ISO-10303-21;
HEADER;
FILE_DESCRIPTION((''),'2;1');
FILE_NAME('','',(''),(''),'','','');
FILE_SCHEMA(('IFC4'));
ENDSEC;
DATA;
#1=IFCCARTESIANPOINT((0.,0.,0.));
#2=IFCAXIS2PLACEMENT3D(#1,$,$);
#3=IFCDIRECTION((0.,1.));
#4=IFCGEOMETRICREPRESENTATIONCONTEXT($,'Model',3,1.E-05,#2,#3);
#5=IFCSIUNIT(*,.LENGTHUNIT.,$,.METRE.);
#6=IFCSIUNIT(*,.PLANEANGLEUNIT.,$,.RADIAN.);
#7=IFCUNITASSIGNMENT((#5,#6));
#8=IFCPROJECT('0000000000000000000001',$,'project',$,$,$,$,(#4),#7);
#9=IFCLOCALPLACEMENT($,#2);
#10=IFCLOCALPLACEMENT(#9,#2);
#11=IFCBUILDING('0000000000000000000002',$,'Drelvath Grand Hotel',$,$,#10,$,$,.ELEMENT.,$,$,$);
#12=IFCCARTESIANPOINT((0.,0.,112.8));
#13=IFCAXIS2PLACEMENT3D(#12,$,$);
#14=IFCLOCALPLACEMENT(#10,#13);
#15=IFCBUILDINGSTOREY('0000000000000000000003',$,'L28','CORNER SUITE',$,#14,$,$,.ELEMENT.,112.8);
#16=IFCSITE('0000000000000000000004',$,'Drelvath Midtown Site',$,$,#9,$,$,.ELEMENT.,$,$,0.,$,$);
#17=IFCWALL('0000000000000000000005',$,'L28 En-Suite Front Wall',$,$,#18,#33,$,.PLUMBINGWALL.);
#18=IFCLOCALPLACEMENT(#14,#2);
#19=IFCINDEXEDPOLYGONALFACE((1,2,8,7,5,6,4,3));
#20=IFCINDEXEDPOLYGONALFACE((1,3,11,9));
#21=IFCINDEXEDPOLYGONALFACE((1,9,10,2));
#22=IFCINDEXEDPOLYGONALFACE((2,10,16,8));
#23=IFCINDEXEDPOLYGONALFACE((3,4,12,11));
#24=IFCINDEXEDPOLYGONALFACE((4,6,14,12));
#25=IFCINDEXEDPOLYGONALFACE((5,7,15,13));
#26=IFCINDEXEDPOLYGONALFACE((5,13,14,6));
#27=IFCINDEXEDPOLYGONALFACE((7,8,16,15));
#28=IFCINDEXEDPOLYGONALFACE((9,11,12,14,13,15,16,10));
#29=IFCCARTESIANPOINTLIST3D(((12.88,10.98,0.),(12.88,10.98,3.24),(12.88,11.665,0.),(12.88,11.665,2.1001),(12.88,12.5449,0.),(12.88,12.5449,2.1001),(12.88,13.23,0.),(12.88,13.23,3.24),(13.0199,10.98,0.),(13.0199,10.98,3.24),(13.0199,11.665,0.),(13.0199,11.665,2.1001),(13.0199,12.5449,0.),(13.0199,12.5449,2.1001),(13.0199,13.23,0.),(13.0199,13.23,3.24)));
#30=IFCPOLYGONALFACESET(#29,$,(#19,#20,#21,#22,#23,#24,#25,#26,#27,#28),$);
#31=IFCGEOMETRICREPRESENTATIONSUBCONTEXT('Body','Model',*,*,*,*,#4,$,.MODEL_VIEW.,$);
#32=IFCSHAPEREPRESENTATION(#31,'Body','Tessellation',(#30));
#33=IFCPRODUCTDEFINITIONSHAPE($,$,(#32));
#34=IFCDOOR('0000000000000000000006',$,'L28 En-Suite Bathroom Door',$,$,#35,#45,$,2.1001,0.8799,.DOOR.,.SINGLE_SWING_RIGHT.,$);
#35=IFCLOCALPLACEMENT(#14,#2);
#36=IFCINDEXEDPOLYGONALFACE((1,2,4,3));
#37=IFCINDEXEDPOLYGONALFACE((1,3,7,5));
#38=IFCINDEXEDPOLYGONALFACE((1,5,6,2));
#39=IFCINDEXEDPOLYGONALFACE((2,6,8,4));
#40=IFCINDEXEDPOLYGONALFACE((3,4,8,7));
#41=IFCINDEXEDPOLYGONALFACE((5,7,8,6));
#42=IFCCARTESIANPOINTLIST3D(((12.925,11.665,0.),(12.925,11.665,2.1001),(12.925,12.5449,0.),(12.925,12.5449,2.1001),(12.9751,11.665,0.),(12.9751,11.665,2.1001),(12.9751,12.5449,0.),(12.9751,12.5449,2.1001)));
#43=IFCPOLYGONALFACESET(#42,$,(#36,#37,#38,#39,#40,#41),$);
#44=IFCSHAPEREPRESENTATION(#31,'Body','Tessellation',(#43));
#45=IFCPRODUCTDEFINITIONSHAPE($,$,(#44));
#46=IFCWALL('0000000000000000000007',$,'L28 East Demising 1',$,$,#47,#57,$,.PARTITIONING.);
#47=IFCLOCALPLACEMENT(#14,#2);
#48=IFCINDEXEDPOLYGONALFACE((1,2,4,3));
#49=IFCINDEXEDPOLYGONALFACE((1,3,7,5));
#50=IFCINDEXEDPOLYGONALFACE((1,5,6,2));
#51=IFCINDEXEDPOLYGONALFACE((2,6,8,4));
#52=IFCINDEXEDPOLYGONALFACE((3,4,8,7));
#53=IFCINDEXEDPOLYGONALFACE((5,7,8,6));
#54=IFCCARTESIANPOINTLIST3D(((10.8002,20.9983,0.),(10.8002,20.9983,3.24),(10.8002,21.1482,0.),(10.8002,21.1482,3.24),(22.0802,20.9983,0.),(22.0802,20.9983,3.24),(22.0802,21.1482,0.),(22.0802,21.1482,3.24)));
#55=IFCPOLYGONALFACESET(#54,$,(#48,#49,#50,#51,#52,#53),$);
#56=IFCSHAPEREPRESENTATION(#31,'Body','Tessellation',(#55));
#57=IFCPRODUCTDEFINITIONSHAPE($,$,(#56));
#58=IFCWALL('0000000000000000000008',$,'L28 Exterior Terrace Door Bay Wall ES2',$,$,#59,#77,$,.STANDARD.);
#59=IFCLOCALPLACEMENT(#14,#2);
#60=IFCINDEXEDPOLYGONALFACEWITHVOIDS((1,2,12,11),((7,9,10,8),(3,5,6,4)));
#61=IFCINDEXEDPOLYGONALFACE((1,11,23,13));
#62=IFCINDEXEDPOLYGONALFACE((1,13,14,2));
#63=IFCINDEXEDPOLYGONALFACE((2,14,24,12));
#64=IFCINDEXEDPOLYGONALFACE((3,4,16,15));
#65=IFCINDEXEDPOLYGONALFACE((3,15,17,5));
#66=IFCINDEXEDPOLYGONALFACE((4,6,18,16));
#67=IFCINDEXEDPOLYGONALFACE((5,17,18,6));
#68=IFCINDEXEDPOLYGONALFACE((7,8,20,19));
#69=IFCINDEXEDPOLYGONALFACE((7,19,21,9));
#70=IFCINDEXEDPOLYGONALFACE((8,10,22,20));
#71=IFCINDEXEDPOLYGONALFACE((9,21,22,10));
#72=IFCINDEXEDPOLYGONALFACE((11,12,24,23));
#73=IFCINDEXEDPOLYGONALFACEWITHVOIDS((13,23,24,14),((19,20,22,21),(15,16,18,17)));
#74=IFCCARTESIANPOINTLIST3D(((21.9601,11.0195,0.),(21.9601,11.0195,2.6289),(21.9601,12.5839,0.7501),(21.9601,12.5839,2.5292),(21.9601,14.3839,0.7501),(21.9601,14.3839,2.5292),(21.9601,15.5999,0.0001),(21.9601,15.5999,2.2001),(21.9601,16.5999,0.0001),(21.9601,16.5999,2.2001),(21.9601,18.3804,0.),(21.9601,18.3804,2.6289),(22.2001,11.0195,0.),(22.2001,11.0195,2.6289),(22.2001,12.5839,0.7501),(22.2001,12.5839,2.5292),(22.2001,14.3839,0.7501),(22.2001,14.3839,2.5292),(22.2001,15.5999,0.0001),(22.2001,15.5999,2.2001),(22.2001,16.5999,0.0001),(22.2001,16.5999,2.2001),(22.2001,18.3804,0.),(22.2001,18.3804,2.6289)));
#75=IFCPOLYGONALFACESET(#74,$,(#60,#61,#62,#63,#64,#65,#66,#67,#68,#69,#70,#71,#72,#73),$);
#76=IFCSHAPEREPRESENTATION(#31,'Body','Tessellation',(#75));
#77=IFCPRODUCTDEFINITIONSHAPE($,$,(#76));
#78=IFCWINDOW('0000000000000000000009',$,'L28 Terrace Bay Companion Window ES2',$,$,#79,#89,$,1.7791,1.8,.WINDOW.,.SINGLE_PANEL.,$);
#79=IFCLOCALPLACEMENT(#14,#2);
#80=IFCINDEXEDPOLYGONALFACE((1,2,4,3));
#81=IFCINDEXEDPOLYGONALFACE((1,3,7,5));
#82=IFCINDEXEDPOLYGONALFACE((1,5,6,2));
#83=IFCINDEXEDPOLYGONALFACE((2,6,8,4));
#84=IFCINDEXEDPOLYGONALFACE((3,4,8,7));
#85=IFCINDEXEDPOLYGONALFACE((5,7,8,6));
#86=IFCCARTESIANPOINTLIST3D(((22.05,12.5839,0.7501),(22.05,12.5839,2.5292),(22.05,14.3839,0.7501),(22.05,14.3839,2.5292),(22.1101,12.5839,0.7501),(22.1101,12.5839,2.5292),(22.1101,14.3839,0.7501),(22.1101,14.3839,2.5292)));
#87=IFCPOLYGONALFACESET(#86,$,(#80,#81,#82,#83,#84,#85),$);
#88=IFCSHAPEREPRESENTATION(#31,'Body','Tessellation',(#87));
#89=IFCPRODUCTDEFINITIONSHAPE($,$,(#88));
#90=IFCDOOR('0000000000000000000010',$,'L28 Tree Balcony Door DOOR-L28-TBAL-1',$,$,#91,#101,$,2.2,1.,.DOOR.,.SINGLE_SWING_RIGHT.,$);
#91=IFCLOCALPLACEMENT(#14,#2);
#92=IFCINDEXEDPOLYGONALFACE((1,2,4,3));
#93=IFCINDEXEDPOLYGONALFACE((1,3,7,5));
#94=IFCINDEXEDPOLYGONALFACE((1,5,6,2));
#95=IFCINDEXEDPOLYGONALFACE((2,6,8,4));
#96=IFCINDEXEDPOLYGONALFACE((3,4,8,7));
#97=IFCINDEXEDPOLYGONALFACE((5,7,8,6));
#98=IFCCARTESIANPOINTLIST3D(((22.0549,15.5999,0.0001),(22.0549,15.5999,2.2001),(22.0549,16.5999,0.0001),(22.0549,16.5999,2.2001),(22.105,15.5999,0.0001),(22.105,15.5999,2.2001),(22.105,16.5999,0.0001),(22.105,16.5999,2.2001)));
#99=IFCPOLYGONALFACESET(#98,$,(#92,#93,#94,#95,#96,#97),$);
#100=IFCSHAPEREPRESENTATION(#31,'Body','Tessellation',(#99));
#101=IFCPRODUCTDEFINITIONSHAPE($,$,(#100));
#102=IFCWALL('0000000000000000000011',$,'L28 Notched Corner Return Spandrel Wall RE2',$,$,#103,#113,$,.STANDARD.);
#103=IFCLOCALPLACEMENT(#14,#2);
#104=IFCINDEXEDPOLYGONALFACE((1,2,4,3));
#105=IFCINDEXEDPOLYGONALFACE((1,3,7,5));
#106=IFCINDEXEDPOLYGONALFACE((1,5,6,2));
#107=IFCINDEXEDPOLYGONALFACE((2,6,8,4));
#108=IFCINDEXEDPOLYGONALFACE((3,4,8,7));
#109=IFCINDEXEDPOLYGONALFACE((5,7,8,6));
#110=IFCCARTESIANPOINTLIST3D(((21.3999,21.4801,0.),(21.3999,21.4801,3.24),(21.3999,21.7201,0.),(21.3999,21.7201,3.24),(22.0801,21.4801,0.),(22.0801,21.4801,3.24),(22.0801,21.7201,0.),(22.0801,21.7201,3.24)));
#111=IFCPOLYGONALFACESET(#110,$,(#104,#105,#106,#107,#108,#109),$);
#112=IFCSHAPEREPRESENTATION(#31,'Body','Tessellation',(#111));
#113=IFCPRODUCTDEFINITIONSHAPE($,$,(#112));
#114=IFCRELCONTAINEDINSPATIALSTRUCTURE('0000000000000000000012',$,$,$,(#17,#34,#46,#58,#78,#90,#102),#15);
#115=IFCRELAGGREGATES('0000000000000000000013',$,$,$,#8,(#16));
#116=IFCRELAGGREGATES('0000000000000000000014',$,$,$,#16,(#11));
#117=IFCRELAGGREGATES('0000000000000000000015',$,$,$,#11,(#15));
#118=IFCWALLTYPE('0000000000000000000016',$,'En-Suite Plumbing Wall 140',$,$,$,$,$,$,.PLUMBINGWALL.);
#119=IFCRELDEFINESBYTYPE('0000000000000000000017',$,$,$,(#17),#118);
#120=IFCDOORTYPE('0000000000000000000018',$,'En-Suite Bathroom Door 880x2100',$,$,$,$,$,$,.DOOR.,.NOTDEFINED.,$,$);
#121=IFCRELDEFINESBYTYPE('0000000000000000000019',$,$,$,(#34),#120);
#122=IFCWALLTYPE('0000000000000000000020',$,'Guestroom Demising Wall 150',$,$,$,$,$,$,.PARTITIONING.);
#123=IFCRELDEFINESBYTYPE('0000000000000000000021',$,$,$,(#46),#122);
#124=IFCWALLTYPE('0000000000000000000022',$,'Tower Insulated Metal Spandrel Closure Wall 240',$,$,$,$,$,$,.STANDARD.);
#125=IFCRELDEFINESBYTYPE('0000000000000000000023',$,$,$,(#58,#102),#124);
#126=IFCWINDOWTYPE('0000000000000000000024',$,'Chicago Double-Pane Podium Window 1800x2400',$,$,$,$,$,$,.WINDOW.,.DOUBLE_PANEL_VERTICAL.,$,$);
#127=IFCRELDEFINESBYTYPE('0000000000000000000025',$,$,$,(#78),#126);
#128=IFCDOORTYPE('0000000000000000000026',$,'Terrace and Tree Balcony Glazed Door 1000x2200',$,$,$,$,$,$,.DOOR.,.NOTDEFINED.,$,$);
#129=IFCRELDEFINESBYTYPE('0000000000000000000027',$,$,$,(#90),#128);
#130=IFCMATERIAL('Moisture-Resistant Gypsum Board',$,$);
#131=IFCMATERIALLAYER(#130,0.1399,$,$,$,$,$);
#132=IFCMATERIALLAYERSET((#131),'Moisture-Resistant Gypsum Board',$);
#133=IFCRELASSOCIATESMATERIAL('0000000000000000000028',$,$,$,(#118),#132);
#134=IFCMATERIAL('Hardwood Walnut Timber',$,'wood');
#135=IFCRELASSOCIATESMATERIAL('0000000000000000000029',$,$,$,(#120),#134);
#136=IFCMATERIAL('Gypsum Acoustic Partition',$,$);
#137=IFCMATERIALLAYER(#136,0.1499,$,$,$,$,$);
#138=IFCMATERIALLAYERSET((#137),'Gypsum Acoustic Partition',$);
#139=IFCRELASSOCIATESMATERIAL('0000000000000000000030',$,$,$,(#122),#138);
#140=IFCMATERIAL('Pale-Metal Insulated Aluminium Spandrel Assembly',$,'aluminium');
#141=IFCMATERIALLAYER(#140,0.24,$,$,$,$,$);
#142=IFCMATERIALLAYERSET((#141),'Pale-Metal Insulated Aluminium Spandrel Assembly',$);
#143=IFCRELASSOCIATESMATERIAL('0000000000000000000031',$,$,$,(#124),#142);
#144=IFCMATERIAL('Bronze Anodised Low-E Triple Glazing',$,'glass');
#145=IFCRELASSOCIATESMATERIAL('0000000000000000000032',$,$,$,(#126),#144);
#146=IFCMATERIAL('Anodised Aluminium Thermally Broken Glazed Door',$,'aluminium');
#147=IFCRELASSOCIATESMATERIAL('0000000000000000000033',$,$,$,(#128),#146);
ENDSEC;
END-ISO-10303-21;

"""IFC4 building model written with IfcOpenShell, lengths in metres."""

from ifc_helpers import new_model, si_unit, direction, frame, frame_2d, origin, place, context, subcontext, project, spatial, rectangle, extrude, material, layer, layer_set, type_object, element, fill, save


model = new_model("IFC4")

# Units and contexts
model_context = context("Model", 3, precision=1e-05, world=origin(), true_north=direction((0.0, 1.0)))
body_context = subcontext(model_context, "Body", "Model", "MODEL_VIEW")
ifc_project = project(units=[si_unit("LENGTHUNIT", "METRE"), si_unit("PLANEANGLEUNIT", "RADIAN")], contexts=[model_context])

# Site, building, storey
site_placement = place(None, origin())
site = spatial("IfcSite", under=ifc_project, at=site_placement, Name="Drelvath Midtown Site", CompositionType="ELEMENT", RefElevation=0.0)
building_placement = place(site_placement, origin())
building = spatial("IfcBuilding", under=site, at=building_placement, Name="Drelvath Grand Hotel", CompositionType="ELEMENT")
storey_placement = place(building_placement, frame((0.0, 0.0, 112.8)))
storey = spatial("IfcBuildingStorey", under=building, at=storey_placement, Name="L28", Description="CORNER SUITE", CompositionType="ELEMENT", Elevation=112.8)

# Shared definitions
ifc_material_1 = material(Name="Moisture-Resistant Gypsum Board")
ifc_layer_1 = layer(ifc_material_1, 0.1399)
ifc_layer_set_1 = layer_set([ifc_layer_1], Name="Moisture-Resistant Gypsum Board")
wall_type_1 = type_object("IfcWallType", Name="En-Suite Plumbing Wall 140", PredefinedType="PLUMBINGWALL", material=ifc_layer_set_1)

# Wall, opening, door
wall_1_placement = place(storey_placement, frame((12.95, 10.98, 0.0), z_axis=(0.0, 0.0, 1.0), x_axis=(0.0, 1.0, 0.0)))
wall_1 = element("IfcWall", 1, at=wall_1_placement, inside=storey, type_object=wall_type_1, Name="L28 En-Suite Front Wall", PredefinedType="PLUMBINGWALL", context=body_context, shape_type="SweptSolid", body=[
    extrude(rectangle(XDim=2.25, YDim=0.1399, at=frame_2d((1.125, 0.0))), origin(), (0.0, 0.0, 1.0), 3.24),
])
opening_1_placement = place(wall_1_placement, frame((0.6851, 0.0, 0.0)))
opening_1 = element("IfcOpeningElement", 2, at=opening_1_placement, cuts=wall_1, PredefinedType="OPENING", context=body_context, shape_type="SweptSolid", body=[
    extrude(rectangle(XDim=0.8799, YDim=2.1001, at=frame_2d((0.4399, 1.05))), frame((0.0, 0.0798, 0.0), z_axis=(0.0, -1.0, 0.0), x_axis=(1.0, 0.0, 0.0)), (0.0, 0.0, 1.0), 0.1599),
])
ifc_material_2 = material(Name="Hardwood Walnut Timber", Category="wood")
door_type_1 = type_object("IfcDoorType", Name="En-Suite Bathroom Door 880x2100", OperationType="NOTDEFINED", PredefinedType="DOOR", material=ifc_material_2)
door_1_placement = place(opening_1_placement, origin())
door_1 = element("IfcDoor", 3, at=door_1_placement, inside=storey, type_object=door_type_1, Name="L28 En-Suite Bathroom Door", OperationType="SINGLE_SWING_RIGHT", OverallHeight=2.1001, OverallWidth=0.8799, PredefinedType="DOOR", context=body_context, shape_type="SweptSolid", body=[
    extrude(rectangle(XDim=0.8799, YDim=2.1001, at=frame_2d((0.4399, 1.05))), frame((0.0, 0.0249, 0.0), z_axis=(0.0, -1.0, 0.0), x_axis=(1.0, 0.0, 0.0)), (0.0, 0.0, 1.0), 0.05),
])
fill(opening_1, door_1)

# Wall
ifc_material_3 = material(Name="Gypsum Acoustic Partition")
ifc_layer_2 = layer(ifc_material_3, 0.1499)
ifc_layer_set_2 = layer_set([ifc_layer_2], Name="Gypsum Acoustic Partition")
wall_type_2 = type_object("IfcWallType", Name="Guestroom Demising Wall 150", PredefinedType="PARTITIONING", material=ifc_layer_set_2)
wall_2_placement = place(storey_placement, frame((10.8, 21.0732, 0.0), z_axis=(0.0, 0.0, 1.0), x_axis=(1.0, 0.0, 0.0)))
element("IfcWall", 4, at=wall_2_placement, inside=storey, type_object=wall_type_2, Name="L28 East Demising 1", PredefinedType="PARTITIONING", context=body_context, shape_type="SweptSolid", body=[
    extrude(rectangle(XDim=11.28, YDim=0.1499, at=frame_2d((5.6401, 0.0))), origin(), (0.0, 0.0, 1.0), 3.24),
])

# Wall, openings, window, door
ifc_material_4 = material(Name="Pale-Metal Insulated Aluminium Spandrel Assembly", Category="aluminium")
ifc_layer_3 = layer(ifc_material_4, 0.24)
ifc_layer_set_3 = layer_set([ifc_layer_3], Name="Pale-Metal Insulated Aluminium Spandrel Assembly")
wall_type_3 = type_object("IfcWallType", Name="Tower Insulated Metal Spandrel Closure Wall 240", PredefinedType="STANDARD", material=ifc_layer_set_3)
wall_3_placement = place(storey_placement, frame((22.0801, 18.3804, 0.0), z_axis=(0.0, 0.0, 1.0), x_axis=(0.0, -1.0, 0.0)))
wall_3 = element("IfcWall", 5, at=wall_3_placement, inside=storey, type_object=wall_type_3, Name="L28 Exterior Terrace Door Bay Wall ES2", PredefinedType="STANDARD", context=body_context, shape_type="SweptSolid", body=[
    extrude(rectangle(XDim=7.3608, YDim=0.24, at=frame_2d((3.6804, 0.0))), origin(), (0.0, 0.0, 1.0), 2.6289),
])
opening_2_placement = place(wall_3_placement, frame((1.7805, 0.0, 0.0)))
opening_2 = element("IfcOpeningElement", 6, at=opening_2_placement, cuts=wall_3, PredefinedType="OPENING", context=body_context, shape_type="SweptSolid", body=[
    extrude(rectangle(XDim=1.0, YDim=2.2, at=frame_2d((0.5, 1.1001))), frame((0.0, 0.1299, 0.0), z_axis=(0.0, -1.0, 0.0), x_axis=(1.0, 0.0, 0.0)), (0.0, 0.0, 1.0), 0.26),
])
opening_3_placement = place(wall_3_placement, frame((3.9966, 0.0, 0.75)))
opening_3 = element("IfcOpeningElement", 7, at=opening_3_placement, cuts=wall_3, PredefinedType="OPENING", context=body_context, shape_type="SweptSolid", body=[
    extrude(rectangle(XDim=1.8, YDim=1.7791, at=frame_2d((0.8999, 0.8896))), frame((0.0, 0.1299, 0.0), z_axis=(0.0, -1.0, 0.0), x_axis=(1.0, 0.0, 0.0)), (0.0, 0.0, 1.0), 0.26),
])
ifc_material_5 = material(Name="Bronze Anodised Low-E Triple Glazing", Category="glass")
window_type = type_object("IfcWindowType", Name="Chicago Double-Pane Podium Window 1800x2400", PartitioningType="DOUBLE_PANEL_VERTICAL", PredefinedType="WINDOW", material=ifc_material_5)
window_placement = place(opening_3_placement, origin())
window = element("IfcWindow", 8, at=window_placement, inside=storey, type_object=window_type, Name="L28 Terrace Bay Companion Window ES2", OverallHeight=1.7791, OverallWidth=1.8, PartitioningType="SINGLE_PANEL", PredefinedType="WINDOW", context=body_context, shape_type="SweptSolid", body=[
    extrude(rectangle(XDim=1.8, YDim=1.7791, at=frame_2d((0.8999, 0.8896))), frame((0.0, 0.03, 0.0), z_axis=(0.0, -1.0, 0.0), x_axis=(1.0, 0.0, 0.0)), (0.0, 0.0, 1.0), 0.0601),
])
fill(opening_3, window)
ifc_material_6 = material(Name="Anodised Aluminium Thermally Broken Glazed Door", Category="aluminium")
door_type_2 = type_object("IfcDoorType", Name="Terrace and Tree Balcony Glazed Door 1000x2200", OperationType="NOTDEFINED", PredefinedType="DOOR", material=ifc_material_6)
door_2_placement = place(opening_2_placement, origin())
door_2 = element("IfcDoor", 9, at=door_2_placement, inside=storey, type_object=door_type_2, Name="L28 Tree Balcony Door DOOR-L28-TBAL-1", OperationType="SINGLE_SWING_RIGHT", OverallHeight=2.2, OverallWidth=1.0, PredefinedType="DOOR", context=body_context, shape_type="SweptSolid", body=[
    extrude(rectangle(XDim=1.0, YDim=2.2, at=frame_2d((0.5, 1.1001))), frame((0.0, 0.0249, 0.0), z_axis=(0.0, -1.0, 0.0), x_axis=(1.0, 0.0, 0.0)), (0.0, 0.0, 1.0), 0.05),
])
fill(opening_2, door_2)

# Wall
wall_4_placement = place(storey_placement, frame((21.3999, 21.6001, 0.0), z_axis=(0.0, 0.0, 1.0), x_axis=(1.0, 0.0, 0.0)))
element("IfcWall", 10, at=wall_4_placement, inside=storey, type_object=wall_type_3, Name="L28 Notched Corner Return Spandrel Wall RE2", PredefinedType="STANDARD", context=body_context, shape_type="SweptSolid", body=[
    extrude(rectangle(XDim=0.6802, YDim=0.24, at=frame_2d((0.3401, 0.0))), origin(), (0.0, 0.0, 1.0), 3.24),
])

save(model, "model.ifc")
